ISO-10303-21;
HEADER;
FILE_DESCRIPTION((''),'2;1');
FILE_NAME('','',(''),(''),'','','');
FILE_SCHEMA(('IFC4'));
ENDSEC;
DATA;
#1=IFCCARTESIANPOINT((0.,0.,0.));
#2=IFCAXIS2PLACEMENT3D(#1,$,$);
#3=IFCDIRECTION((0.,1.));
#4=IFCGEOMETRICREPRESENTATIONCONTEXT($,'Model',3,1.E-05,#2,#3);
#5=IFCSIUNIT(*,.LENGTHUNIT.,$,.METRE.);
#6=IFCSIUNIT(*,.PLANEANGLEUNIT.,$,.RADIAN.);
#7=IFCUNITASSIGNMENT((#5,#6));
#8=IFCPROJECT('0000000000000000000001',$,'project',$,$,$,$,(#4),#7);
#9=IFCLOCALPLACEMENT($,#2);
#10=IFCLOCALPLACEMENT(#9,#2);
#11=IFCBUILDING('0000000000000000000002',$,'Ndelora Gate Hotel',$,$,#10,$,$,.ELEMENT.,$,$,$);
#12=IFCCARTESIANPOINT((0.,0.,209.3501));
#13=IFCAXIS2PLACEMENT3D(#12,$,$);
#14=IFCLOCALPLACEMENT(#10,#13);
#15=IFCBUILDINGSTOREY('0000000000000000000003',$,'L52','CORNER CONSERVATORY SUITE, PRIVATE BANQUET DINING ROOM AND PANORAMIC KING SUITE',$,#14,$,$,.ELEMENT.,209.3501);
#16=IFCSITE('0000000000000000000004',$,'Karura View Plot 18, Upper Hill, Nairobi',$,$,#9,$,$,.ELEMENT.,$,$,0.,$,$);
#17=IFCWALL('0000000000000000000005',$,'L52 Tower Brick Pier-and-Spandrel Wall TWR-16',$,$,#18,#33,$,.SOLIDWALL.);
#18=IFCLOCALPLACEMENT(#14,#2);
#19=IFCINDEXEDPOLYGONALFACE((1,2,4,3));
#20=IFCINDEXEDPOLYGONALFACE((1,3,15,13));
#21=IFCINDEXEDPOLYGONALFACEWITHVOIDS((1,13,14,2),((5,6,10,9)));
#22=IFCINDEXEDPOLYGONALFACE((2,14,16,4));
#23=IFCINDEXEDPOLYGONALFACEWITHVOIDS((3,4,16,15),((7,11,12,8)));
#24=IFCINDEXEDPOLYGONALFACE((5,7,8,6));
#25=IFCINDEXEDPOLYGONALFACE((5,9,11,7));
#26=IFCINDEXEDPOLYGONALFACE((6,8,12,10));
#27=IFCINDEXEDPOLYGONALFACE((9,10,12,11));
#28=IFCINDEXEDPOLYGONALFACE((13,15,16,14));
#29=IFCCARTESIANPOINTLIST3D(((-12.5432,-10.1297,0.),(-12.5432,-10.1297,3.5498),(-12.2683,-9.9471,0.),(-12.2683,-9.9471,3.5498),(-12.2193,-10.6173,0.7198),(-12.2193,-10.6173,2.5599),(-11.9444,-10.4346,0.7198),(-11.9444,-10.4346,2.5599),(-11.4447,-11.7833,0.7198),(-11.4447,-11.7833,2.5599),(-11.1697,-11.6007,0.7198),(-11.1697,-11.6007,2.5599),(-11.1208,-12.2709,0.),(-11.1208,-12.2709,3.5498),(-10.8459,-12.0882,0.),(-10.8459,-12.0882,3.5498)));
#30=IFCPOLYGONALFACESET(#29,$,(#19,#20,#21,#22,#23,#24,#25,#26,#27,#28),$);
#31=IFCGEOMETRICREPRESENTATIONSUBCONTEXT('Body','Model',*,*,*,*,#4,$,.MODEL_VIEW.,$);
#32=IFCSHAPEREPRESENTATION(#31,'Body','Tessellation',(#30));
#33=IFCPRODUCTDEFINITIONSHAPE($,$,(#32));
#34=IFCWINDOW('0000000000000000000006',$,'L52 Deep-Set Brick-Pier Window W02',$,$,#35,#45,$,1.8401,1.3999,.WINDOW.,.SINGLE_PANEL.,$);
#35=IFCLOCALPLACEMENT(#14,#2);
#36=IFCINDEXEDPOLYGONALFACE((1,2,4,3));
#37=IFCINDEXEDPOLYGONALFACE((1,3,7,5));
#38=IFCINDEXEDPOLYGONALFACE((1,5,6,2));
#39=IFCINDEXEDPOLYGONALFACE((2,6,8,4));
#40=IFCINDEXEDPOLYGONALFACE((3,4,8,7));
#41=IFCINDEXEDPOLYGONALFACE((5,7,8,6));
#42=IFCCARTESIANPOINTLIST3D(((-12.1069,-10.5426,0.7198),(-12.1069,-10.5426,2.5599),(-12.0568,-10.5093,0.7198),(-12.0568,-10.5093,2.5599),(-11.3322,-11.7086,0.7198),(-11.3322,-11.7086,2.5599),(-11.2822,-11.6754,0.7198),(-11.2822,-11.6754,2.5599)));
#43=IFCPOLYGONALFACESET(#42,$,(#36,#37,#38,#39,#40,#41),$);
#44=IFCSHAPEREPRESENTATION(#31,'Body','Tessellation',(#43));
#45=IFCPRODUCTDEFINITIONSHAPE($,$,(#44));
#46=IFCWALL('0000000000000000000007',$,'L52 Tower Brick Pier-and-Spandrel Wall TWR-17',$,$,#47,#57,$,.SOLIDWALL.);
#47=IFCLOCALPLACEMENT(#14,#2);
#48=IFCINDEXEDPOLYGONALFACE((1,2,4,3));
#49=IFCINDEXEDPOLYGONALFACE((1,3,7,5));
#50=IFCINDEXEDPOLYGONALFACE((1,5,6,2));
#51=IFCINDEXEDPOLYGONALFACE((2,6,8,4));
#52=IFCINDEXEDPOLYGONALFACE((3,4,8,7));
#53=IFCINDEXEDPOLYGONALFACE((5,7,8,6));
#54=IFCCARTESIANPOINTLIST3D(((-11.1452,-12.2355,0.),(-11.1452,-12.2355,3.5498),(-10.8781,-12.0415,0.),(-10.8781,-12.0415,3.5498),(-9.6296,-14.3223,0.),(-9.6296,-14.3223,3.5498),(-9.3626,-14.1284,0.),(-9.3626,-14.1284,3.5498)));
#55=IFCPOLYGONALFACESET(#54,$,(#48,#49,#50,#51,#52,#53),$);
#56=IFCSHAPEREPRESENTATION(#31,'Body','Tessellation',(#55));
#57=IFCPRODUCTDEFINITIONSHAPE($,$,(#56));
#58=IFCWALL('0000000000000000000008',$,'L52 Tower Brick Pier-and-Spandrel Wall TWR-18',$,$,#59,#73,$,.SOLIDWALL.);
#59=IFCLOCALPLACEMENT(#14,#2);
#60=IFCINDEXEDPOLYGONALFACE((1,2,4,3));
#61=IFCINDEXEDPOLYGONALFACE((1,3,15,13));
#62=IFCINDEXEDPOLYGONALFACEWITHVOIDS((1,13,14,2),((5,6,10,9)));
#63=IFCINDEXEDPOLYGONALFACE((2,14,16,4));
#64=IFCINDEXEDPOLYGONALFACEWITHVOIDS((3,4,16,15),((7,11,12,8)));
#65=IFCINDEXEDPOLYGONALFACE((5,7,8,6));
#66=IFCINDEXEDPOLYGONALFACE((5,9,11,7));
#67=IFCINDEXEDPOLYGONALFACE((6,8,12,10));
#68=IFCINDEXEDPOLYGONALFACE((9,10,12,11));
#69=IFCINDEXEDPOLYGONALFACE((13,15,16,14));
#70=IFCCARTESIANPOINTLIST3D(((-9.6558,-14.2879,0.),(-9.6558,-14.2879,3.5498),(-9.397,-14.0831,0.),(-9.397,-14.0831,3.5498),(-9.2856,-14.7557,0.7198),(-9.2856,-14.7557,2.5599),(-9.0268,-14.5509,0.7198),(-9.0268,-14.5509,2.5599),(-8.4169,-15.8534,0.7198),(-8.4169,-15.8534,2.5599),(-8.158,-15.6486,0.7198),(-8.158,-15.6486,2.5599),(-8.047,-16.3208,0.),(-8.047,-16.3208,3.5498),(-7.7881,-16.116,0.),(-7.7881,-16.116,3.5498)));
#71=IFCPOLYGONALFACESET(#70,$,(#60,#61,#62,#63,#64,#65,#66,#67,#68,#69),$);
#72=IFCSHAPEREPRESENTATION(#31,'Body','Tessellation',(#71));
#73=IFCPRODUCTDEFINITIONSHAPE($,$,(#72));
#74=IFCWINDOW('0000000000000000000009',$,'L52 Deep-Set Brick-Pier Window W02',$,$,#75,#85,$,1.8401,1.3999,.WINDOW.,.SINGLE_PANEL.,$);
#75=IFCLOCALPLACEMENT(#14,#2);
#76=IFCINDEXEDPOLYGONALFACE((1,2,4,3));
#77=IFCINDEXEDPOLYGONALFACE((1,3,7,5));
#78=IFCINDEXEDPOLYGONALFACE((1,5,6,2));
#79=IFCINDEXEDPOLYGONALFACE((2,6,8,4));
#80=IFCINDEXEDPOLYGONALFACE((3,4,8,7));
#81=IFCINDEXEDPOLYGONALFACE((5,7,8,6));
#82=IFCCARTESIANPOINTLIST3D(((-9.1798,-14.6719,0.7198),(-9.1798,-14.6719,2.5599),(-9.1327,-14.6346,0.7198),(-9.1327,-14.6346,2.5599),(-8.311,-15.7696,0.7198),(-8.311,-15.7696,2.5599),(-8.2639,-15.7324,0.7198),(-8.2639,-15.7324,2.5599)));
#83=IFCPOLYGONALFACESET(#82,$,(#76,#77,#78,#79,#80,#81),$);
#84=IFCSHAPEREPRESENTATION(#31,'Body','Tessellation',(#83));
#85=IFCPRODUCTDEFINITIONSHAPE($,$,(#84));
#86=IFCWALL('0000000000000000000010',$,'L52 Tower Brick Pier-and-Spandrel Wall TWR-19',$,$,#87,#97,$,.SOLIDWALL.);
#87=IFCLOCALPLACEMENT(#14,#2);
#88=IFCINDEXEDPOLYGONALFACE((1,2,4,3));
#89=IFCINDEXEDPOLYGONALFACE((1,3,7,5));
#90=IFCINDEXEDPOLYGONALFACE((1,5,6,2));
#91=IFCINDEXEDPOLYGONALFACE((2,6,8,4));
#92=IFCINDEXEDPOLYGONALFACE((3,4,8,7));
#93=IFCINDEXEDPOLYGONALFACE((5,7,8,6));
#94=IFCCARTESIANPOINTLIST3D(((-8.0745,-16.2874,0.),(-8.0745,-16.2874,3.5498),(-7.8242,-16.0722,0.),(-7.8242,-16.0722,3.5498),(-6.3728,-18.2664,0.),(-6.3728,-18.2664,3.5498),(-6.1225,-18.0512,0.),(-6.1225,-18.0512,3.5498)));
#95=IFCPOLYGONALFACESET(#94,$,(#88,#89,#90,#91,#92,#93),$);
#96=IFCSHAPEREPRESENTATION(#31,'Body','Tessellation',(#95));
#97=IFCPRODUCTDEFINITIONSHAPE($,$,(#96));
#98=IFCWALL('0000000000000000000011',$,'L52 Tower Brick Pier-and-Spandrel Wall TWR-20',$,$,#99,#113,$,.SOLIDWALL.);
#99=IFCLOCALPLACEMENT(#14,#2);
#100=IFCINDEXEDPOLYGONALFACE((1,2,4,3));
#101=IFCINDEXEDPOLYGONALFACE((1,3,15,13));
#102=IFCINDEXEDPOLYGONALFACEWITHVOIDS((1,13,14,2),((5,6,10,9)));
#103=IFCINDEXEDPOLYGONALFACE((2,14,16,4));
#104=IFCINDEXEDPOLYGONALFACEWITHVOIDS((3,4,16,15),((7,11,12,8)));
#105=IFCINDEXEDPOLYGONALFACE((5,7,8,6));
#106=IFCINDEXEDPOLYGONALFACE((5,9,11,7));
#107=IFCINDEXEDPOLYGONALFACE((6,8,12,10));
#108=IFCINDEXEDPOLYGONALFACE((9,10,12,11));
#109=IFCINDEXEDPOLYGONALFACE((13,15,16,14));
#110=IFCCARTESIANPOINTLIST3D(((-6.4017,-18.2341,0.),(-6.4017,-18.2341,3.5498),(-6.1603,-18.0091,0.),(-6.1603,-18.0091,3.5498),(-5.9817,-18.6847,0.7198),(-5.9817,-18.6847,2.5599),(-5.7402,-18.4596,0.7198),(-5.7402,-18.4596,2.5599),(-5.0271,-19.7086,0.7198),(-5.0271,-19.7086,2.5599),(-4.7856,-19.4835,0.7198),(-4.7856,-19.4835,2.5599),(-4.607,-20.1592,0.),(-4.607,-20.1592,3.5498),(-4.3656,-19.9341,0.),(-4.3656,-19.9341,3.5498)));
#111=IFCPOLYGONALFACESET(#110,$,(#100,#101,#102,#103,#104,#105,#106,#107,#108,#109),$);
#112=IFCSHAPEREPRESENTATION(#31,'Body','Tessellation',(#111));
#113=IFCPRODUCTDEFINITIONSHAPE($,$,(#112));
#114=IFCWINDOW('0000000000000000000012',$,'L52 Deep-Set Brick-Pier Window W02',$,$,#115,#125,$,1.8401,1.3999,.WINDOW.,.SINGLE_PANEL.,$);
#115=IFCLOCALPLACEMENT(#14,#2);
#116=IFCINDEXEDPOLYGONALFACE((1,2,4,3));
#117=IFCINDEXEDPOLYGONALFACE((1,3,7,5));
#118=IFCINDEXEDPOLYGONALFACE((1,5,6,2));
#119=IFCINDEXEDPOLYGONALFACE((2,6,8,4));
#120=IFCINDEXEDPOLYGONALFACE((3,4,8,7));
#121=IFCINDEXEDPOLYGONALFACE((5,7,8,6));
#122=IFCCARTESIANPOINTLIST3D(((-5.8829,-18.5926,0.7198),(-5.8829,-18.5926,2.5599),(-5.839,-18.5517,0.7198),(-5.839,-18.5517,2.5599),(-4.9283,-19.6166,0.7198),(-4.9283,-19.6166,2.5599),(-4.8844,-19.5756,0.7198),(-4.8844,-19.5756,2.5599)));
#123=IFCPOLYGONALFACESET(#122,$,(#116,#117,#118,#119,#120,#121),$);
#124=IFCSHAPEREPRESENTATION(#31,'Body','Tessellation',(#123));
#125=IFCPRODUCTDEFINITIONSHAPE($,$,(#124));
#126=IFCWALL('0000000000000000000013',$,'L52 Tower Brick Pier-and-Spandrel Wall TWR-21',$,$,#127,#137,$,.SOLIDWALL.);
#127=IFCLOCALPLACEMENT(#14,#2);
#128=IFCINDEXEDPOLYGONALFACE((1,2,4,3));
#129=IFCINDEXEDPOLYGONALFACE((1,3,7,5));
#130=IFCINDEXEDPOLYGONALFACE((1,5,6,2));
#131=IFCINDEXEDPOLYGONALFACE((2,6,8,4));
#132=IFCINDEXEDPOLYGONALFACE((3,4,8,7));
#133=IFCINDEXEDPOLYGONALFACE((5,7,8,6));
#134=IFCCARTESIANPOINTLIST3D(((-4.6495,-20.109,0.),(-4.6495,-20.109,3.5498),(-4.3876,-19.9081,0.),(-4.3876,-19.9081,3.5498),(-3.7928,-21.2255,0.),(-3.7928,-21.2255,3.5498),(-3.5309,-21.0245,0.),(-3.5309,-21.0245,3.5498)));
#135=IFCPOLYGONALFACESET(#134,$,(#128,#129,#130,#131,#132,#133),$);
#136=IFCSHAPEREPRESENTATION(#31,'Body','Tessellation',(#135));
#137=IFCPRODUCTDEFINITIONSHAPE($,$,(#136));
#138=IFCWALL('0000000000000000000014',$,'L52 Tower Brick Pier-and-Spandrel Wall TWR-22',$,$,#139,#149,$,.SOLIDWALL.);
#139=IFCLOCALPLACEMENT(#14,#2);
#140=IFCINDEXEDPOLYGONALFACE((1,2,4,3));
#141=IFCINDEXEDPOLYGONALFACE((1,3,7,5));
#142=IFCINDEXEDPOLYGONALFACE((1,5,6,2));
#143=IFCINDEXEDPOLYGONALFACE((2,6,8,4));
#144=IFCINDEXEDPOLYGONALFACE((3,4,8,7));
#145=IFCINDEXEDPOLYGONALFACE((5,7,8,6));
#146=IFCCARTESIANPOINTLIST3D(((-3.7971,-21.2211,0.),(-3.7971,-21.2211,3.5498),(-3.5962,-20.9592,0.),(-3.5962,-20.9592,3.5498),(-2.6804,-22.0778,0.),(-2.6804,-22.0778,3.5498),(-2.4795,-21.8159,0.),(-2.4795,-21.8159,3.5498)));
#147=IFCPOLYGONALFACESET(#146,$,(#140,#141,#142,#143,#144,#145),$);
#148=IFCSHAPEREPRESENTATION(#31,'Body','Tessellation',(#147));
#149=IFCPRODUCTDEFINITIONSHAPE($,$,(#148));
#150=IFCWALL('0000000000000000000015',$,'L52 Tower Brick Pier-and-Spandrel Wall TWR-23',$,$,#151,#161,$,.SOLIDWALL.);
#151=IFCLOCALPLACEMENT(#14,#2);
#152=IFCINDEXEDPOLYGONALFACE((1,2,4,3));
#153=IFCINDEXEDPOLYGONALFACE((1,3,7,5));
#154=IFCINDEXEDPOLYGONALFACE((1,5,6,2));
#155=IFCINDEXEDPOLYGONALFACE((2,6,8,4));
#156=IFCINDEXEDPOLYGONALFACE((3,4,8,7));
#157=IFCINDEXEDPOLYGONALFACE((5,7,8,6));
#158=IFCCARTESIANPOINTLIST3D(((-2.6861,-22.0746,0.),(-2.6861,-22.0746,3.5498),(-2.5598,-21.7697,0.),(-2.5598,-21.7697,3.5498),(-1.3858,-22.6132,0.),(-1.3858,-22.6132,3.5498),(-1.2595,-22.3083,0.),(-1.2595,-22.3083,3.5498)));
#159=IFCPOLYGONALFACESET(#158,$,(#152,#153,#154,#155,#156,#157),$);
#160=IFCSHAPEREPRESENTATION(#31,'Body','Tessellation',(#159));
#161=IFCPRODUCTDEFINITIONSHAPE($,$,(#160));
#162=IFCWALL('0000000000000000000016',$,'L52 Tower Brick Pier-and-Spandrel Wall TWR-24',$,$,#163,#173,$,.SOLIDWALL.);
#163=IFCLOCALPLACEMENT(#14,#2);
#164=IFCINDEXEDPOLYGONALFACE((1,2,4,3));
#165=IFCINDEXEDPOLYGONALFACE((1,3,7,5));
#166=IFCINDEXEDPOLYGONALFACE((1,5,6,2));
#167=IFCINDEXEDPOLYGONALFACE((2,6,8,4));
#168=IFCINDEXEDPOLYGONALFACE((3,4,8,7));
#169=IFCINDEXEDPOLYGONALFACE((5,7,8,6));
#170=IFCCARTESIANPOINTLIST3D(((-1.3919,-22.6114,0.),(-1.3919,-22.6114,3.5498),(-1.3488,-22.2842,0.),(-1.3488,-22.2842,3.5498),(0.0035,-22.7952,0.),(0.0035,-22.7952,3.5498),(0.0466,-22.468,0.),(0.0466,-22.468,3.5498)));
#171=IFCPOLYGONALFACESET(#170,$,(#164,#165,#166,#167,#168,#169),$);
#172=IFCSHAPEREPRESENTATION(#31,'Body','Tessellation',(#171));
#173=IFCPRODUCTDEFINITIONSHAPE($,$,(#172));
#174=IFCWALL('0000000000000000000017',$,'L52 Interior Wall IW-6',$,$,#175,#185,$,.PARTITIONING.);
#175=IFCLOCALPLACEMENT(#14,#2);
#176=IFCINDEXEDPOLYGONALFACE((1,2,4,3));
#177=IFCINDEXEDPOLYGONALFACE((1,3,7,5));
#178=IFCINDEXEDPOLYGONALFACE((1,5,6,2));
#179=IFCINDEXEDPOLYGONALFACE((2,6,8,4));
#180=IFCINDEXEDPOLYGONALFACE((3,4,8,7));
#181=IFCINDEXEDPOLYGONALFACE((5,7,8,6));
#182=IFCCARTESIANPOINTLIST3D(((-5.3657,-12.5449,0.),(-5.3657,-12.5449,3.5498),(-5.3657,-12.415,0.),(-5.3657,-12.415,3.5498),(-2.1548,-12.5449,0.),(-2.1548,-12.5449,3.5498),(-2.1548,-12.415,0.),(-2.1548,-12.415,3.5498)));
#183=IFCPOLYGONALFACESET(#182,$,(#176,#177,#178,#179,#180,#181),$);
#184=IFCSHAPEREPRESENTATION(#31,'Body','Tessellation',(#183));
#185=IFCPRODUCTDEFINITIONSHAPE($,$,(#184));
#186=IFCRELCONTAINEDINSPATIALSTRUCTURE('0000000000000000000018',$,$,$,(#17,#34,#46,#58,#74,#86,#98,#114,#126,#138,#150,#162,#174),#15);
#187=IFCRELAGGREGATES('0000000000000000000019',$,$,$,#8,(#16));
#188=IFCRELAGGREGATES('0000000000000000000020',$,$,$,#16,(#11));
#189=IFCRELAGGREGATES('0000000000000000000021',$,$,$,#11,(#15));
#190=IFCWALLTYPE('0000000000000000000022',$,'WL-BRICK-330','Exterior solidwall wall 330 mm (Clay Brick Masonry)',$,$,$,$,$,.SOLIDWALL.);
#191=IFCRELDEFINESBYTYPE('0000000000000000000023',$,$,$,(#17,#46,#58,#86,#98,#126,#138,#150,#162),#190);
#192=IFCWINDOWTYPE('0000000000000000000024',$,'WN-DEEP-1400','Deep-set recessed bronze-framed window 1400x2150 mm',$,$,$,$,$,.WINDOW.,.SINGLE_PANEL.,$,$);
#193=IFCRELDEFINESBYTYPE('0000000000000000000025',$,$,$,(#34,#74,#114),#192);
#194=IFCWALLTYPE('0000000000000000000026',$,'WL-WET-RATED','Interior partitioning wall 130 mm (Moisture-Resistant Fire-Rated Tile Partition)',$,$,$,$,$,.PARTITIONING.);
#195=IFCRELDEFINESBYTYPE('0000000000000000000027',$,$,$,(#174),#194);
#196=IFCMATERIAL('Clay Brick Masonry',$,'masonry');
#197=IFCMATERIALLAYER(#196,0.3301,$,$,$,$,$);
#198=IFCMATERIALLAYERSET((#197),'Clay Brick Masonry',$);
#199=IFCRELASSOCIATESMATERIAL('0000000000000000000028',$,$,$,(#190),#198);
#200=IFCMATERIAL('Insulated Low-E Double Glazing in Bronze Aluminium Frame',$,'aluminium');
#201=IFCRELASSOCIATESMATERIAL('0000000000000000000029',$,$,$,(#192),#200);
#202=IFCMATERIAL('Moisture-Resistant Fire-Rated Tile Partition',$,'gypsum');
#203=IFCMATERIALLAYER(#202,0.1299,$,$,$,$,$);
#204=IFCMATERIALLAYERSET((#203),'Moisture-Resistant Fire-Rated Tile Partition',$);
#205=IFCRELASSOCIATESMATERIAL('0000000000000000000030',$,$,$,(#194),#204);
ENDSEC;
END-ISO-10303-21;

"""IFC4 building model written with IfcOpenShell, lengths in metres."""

from ifc_helpers import new_model, si_unit, direction, frame, frame_2d, origin, place, context, subcontext, project, spatial, rectangle, extrude, material, layer, layer_set, type_object, element, fill, save


model = new_model("IFC4")

# Units and contexts
model_context = context("Model", 3, precision=1e-05, world=origin(), true_north=direction((0.0, 1.0)))
body_context = subcontext(model_context, "Body", "Model", "MODEL_VIEW")
ifc_project = project(units=[si_unit("LENGTHUNIT", "METRE"), si_unit("PLANEANGLEUNIT", "RADIAN")], contexts=[model_context])

# Site, building, storey
site_placement = place(None, origin())
site = spatial("IfcSite", under=ifc_project, at=site_placement, Name="Karura View Plot 18, Upper Hill, Nairobi", CompositionType="ELEMENT", RefElevation=0.0)
building_placement = place(site_placement, origin())
building = spatial("IfcBuilding", under=site, at=building_placement, Name="Ndelora Gate Hotel", CompositionType="ELEMENT")
storey_placement = place(building_placement, frame((0.0, 0.0, 209.3501)))
storey = spatial("IfcBuildingStorey", under=building, at=storey_placement, Name="L52", Description="CORNER CONSERVATORY SUITE, PRIVATE BANQUET DINING ROOM AND PANORAMIC KING SUITE", CompositionType="ELEMENT", Elevation=209.3501)

# Wall, opening, window
ifc_material_1 = material(Name="Clay Brick Masonry", Category="masonry")
ifc_layer_1 = layer(ifc_material_1, 0.3301)
ifc_layer_set_1 = layer_set([ifc_layer_1], Name="Clay Brick Masonry")
wall_type_1 = type_object("IfcWallType", Name="WL-BRICK-330", Description="Exterior solidwall wall 330 mm (Clay Brick Masonry)", PredefinedType="SOLIDWALL", material=ifc_layer_set_1)
wall_1_placement = place(storey_placement, frame((-10.9834, -12.1794, 0.0), z_axis=(0.0, 0.0, 1.0), x_axis=(-0.553341, 0.832955, 0.0)))
wall_1 = element("IfcWall", 1, at=wall_1_placement, inside=storey, type_object=wall_type_1, Name="L52 Tower Brick Pier-and-Spandrel Wall TWR-16", PredefinedType="SOLIDWALL", context=body_context, shape_type="SweptSolid", body=[
    extrude(rectangle(XDim=2.5706, YDim=0.3301, at=frame_2d((1.2852, 0.0))), origin(), (0.0, 0.0, 1.0), 3.5498),
])
opening_1_placement = place(wall_1_placement, frame((0.5852, 0.0, 0.72)))
opening_1 = element("IfcOpeningElement", 2, at=opening_1_placement, cuts=wall_1, PredefinedType="OPENING", context=body_context, shape_type="SweptSolid", body=[
    extrude(rectangle(XDim=1.3999, YDim=1.8401, at=frame_2d((0.7, 0.9199))), frame((0.0, 0.175, 0.0), z_axis=(0.0, -1.0, 0.0), x_axis=(1.0, 0.0, 0.0)), (0.0, 0.0, 1.0), 0.3501),
])
ifc_material_2 = material(Name="Insulated Low-E Double Glazing in Bronze Aluminium Frame", Category="aluminium")
window_type = type_object("IfcWindowType", Name="WN-DEEP-1400", Description="Deep-set recessed bronze-framed window 1400x2150 mm", PartitioningType="SINGLE_PANEL", PredefinedType="WINDOW", material=ifc_material_2)
window_1_placement = place(opening_1_placement, origin())
window_1 = element("IfcWindow", 3, at=window_1_placement, inside=storey, type_object=window_type, Name="L52 Deep-Set Brick-Pier Window W02", OverallHeight=1.8401, OverallWidth=1.3999, PartitioningType="SINGLE_PANEL", PredefinedType="WINDOW", context=body_context, shape_type="SweptSolid", body=[
    extrude(rectangle(XDim=1.3999, YDim=1.8401, at=frame_2d((0.7, 0.9199))), frame((0.0, 0.03, 0.0), z_axis=(0.0, -1.0, 0.0), x_axis=(1.0, 0.0, 0.0)), (0.0, 0.0, 1.0), 0.0601),
])
fill(opening_1, window_1)

# Wall
wall_2_placement = place(storey_placement, frame((-9.4961, -14.2253, 0.0), z_axis=(0.0, 0.0, 1.0), x_axis=(-0.587631, 0.809129, 0.0)))
element("IfcWall", 4, at=wall_2_placement, inside=storey, type_object=wall_type_1, Name="L52 Tower Brick Pier-and-Spandrel Wall TWR-17", PredefinedType="SOLIDWALL", context=body_context, shape_type="SweptSolid", body=[
    extrude(rectangle(XDim=2.5791, YDim=0.3301, at=frame_2d((1.2896, 0.0))), origin(), (0.0, 0.0, 1.0), 3.5498),
])

# Wall, opening, window
wall_3_placement = place(storey_placement, frame((-7.9175, -16.2185, 0.0), z_axis=(0.0, 0.0, 1.0), x_axis=(-0.620575, 0.784147, 0.0)))
wall_3 = element("IfcWall", 5, at=wall_3_placement, inside=storey, type_object=wall_type_1, Name="L52 Tower Brick Pier-and-Spandrel Wall TWR-18", PredefinedType="SOLIDWALL", context=body_context, shape_type="SweptSolid", body=[
    extrude(rectangle(XDim=2.5925, YDim=0.3301, at=frame_2d((1.2964, 0.0))), origin(), (0.0, 0.0, 1.0), 3.5498),
])
opening_2_placement = place(wall_3_placement, frame((0.5962, 0.0, 0.72)))
opening_2 = element("IfcOpeningElement", 6, at=opening_2_placement, cuts=wall_3, PredefinedType="OPENING", context=body_context, shape_type="SweptSolid", body=[
    extrude(rectangle(XDim=1.3999, YDim=1.8401, at=frame_2d((0.7, 0.9199))), frame((0.0, 0.175, 0.0), z_axis=(0.0, -1.0, 0.0), x_axis=(1.0, 0.0, 0.0)), (0.0, 0.0, 1.0), 0.3501),
])
window_2_placement = place(opening_2_placement, origin())
window_2 = element("IfcWindow", 7, at=window_2_placement, inside=storey, type_object=window_type, Name="L52 Deep-Set Brick-Pier Window W02", OverallHeight=1.8401, OverallWidth=1.3999, PartitioningType="SINGLE_PANEL", PredefinedType="WINDOW", context=body_context, shape_type="SweptSolid", body=[
    extrude(rectangle(XDim=1.3999, YDim=1.8401, at=frame_2d((0.7, 0.9199))), frame((0.0, 0.03, 0.0), z_axis=(0.0, -1.0, 0.0), x_axis=(1.0, 0.0, 0.0)), (0.0, 0.0, 1.0), 0.0601),
])
fill(opening_2, window_2)

# Wall
wall_4_placement = place(storey_placement, frame((-6.2476, -18.1589, 0.0), z_axis=(0.0, 0.0, 1.0), x_axis=(-0.651977, 0.758239, 0.0)))
element("IfcWall", 8, at=wall_4_placement, inside=storey, type_object=wall_type_1, Name="L52 Tower Brick Pier-and-Spandrel Wall TWR-19", PredefinedType="SOLIDWALL", context=body_context, shape_type="SweptSolid", body=[
    extrude(rectangle(XDim=2.6101, YDim=0.3301, at=frame_2d((1.3052, 0.0))), origin(), (0.0, 0.0, 1.0), 3.5498),
])

# Wall, opening, window
wall_5_placement = place(storey_placement, frame((-4.4863, -20.0466, 0.0), z_axis=(0.0, 0.0, 1.0), x_axis=(-0.681905, 0.731441, 0.0)))
wall_5 = element("IfcWall", 9, at=wall_5_placement, inside=storey, type_object=wall_type_1, Name="L52 Tower Brick Pier-and-Spandrel Wall TWR-20", PredefinedType="SOLIDWALL", context=body_context, shape_type="SweptSolid", body=[
    extrude(rectangle(XDim=2.6318, YDim=0.3301, at=frame_2d((1.3159, 0.0))), origin(), (0.0, 0.0, 1.0), 3.5498),
])
opening_3_placement = place(wall_5_placement, frame((0.616, 0.0, 0.72)))
opening_3 = element("IfcOpeningElement", 10, at=opening_3_placement, cuts=wall_5, PredefinedType="OPENING", context=body_context, shape_type="SweptSolid", body=[
    extrude(rectangle(XDim=1.3999, YDim=1.8401, at=frame_2d((0.7, 0.9199))), frame((0.0, 0.175, 0.0), z_axis=(0.0, -1.0, 0.0), x_axis=(1.0, 0.0, 0.0)), (0.0, 0.0, 1.0), 0.3501),
])
window_3_placement = place(opening_3_placement, origin())
window_3 = element("IfcWindow", 11, at=window_3_placement, inside=storey, type_object=window_type, Name="L52 Deep-Set Brick-Pier Window W02", OverallHeight=1.8401, OverallWidth=1.3999, PartitioningType="SINGLE_PANEL", PredefinedType="WINDOW", context=body_context, shape_type="SweptSolid", body=[
    extrude(rectangle(XDim=1.3999, YDim=1.8401, at=frame_2d((0.7, 0.9199))), frame((0.0, 0.03, 0.0), z_axis=(0.0, -1.0, 0.0), x_axis=(1.0, 0.0, 0.0)), (0.0, 0.0, 1.0), 0.0601),
])
fill(opening_3, window_3)

# Walls
wall_6_placement = place(storey_placement, frame((-3.6619, -21.125, 0.0), z_axis=(0.0, 0.0, 1.0), x_axis=(-0.608763, 0.793352, 0.0)))
element("IfcWall", 12, at=wall_6_placement, inside=storey, type_object=wall_type_1, Name="L52 Tower Brick Pier-and-Spandrel Wall TWR-21", PredefinedType="SOLIDWALL", context=body_context, shape_type="SweptSolid", body=[
    extrude(rectangle(XDim=1.4072, YDim=0.3301, at=frame_2d((0.7036, 0.0))), origin(), (0.0, 0.0, 1.0), 3.5498),
])
for number, where, z_axis, x_axis, name in (
    (13, (-2.5801, -21.9468, 0.0), (0.0, 0.0, 1.0), (-0.793416, 0.608679, 0.0), "L52 Tower Brick Pier-and-Spandrel Wall TWR-22"),
    (14, (-1.3228, -22.4607, 0.0), (0.0, 0.0, 1.0), (-0.923886, 0.382668, 0.0), "L52 Tower Brick Pier-and-Spandrel Wall TWR-23"),
    (15, (0.0249, -22.6316, 0.0), (0.0, 0.0, 1.0), (-0.991434, 0.130607, 0.0), "L52 Tower Brick Pier-and-Spandrel Wall TWR-24"),
):
    element("IfcWall", number, at=place(storey_placement, frame(where, z_axis=z_axis, x_axis=x_axis)), inside=storey, type_object=wall_type_1, Name=name, PredefinedType="SOLIDWALL", context=body_context, shape_type="SweptSolid", body=[
        extrude(rectangle(XDim=1.4075, YDim=0.3301, at=frame_2d((0.7036, 0.0))), origin(), (0.0, 0.0, 1.0), 3.5498),
    ])
ifc_material_3 = material(Name="Moisture-Resistant Fire-Rated Tile Partition", Category="gypsum")
ifc_layer_2 = layer(ifc_material_3, 0.1299)
ifc_layer_set_2 = layer_set([ifc_layer_2], Name="Moisture-Resistant Fire-Rated Tile Partition")
wall_type_2 = type_object("IfcWallType", Name="WL-WET-RATED", Description="Interior partitioning wall 130 mm (Moisture-Resistant Fire-Rated Tile Partition)", PredefinedType="PARTITIONING", material=ifc_layer_set_2)
wall_7_placement = place(storey_placement, frame((-2.1548, -12.48, 0.0), z_axis=(0.0, 0.0, 1.0), x_axis=(-1.0, 0.0, 0.0)))
element("IfcWall", 16, at=wall_7_placement, inside=storey, type_object=wall_type_2, Name="L52 Interior Wall IW-6", PredefinedType="PARTITIONING", context=body_context, shape_type="SweptSolid", body=[
    extrude(rectangle(XDim=3.2109, YDim=0.1299, at=frame_2d((1.6055, 0.0))), origin(), (0.0, 0.0, 1.0), 3.5498),
])

save(model, "model.ifc")
